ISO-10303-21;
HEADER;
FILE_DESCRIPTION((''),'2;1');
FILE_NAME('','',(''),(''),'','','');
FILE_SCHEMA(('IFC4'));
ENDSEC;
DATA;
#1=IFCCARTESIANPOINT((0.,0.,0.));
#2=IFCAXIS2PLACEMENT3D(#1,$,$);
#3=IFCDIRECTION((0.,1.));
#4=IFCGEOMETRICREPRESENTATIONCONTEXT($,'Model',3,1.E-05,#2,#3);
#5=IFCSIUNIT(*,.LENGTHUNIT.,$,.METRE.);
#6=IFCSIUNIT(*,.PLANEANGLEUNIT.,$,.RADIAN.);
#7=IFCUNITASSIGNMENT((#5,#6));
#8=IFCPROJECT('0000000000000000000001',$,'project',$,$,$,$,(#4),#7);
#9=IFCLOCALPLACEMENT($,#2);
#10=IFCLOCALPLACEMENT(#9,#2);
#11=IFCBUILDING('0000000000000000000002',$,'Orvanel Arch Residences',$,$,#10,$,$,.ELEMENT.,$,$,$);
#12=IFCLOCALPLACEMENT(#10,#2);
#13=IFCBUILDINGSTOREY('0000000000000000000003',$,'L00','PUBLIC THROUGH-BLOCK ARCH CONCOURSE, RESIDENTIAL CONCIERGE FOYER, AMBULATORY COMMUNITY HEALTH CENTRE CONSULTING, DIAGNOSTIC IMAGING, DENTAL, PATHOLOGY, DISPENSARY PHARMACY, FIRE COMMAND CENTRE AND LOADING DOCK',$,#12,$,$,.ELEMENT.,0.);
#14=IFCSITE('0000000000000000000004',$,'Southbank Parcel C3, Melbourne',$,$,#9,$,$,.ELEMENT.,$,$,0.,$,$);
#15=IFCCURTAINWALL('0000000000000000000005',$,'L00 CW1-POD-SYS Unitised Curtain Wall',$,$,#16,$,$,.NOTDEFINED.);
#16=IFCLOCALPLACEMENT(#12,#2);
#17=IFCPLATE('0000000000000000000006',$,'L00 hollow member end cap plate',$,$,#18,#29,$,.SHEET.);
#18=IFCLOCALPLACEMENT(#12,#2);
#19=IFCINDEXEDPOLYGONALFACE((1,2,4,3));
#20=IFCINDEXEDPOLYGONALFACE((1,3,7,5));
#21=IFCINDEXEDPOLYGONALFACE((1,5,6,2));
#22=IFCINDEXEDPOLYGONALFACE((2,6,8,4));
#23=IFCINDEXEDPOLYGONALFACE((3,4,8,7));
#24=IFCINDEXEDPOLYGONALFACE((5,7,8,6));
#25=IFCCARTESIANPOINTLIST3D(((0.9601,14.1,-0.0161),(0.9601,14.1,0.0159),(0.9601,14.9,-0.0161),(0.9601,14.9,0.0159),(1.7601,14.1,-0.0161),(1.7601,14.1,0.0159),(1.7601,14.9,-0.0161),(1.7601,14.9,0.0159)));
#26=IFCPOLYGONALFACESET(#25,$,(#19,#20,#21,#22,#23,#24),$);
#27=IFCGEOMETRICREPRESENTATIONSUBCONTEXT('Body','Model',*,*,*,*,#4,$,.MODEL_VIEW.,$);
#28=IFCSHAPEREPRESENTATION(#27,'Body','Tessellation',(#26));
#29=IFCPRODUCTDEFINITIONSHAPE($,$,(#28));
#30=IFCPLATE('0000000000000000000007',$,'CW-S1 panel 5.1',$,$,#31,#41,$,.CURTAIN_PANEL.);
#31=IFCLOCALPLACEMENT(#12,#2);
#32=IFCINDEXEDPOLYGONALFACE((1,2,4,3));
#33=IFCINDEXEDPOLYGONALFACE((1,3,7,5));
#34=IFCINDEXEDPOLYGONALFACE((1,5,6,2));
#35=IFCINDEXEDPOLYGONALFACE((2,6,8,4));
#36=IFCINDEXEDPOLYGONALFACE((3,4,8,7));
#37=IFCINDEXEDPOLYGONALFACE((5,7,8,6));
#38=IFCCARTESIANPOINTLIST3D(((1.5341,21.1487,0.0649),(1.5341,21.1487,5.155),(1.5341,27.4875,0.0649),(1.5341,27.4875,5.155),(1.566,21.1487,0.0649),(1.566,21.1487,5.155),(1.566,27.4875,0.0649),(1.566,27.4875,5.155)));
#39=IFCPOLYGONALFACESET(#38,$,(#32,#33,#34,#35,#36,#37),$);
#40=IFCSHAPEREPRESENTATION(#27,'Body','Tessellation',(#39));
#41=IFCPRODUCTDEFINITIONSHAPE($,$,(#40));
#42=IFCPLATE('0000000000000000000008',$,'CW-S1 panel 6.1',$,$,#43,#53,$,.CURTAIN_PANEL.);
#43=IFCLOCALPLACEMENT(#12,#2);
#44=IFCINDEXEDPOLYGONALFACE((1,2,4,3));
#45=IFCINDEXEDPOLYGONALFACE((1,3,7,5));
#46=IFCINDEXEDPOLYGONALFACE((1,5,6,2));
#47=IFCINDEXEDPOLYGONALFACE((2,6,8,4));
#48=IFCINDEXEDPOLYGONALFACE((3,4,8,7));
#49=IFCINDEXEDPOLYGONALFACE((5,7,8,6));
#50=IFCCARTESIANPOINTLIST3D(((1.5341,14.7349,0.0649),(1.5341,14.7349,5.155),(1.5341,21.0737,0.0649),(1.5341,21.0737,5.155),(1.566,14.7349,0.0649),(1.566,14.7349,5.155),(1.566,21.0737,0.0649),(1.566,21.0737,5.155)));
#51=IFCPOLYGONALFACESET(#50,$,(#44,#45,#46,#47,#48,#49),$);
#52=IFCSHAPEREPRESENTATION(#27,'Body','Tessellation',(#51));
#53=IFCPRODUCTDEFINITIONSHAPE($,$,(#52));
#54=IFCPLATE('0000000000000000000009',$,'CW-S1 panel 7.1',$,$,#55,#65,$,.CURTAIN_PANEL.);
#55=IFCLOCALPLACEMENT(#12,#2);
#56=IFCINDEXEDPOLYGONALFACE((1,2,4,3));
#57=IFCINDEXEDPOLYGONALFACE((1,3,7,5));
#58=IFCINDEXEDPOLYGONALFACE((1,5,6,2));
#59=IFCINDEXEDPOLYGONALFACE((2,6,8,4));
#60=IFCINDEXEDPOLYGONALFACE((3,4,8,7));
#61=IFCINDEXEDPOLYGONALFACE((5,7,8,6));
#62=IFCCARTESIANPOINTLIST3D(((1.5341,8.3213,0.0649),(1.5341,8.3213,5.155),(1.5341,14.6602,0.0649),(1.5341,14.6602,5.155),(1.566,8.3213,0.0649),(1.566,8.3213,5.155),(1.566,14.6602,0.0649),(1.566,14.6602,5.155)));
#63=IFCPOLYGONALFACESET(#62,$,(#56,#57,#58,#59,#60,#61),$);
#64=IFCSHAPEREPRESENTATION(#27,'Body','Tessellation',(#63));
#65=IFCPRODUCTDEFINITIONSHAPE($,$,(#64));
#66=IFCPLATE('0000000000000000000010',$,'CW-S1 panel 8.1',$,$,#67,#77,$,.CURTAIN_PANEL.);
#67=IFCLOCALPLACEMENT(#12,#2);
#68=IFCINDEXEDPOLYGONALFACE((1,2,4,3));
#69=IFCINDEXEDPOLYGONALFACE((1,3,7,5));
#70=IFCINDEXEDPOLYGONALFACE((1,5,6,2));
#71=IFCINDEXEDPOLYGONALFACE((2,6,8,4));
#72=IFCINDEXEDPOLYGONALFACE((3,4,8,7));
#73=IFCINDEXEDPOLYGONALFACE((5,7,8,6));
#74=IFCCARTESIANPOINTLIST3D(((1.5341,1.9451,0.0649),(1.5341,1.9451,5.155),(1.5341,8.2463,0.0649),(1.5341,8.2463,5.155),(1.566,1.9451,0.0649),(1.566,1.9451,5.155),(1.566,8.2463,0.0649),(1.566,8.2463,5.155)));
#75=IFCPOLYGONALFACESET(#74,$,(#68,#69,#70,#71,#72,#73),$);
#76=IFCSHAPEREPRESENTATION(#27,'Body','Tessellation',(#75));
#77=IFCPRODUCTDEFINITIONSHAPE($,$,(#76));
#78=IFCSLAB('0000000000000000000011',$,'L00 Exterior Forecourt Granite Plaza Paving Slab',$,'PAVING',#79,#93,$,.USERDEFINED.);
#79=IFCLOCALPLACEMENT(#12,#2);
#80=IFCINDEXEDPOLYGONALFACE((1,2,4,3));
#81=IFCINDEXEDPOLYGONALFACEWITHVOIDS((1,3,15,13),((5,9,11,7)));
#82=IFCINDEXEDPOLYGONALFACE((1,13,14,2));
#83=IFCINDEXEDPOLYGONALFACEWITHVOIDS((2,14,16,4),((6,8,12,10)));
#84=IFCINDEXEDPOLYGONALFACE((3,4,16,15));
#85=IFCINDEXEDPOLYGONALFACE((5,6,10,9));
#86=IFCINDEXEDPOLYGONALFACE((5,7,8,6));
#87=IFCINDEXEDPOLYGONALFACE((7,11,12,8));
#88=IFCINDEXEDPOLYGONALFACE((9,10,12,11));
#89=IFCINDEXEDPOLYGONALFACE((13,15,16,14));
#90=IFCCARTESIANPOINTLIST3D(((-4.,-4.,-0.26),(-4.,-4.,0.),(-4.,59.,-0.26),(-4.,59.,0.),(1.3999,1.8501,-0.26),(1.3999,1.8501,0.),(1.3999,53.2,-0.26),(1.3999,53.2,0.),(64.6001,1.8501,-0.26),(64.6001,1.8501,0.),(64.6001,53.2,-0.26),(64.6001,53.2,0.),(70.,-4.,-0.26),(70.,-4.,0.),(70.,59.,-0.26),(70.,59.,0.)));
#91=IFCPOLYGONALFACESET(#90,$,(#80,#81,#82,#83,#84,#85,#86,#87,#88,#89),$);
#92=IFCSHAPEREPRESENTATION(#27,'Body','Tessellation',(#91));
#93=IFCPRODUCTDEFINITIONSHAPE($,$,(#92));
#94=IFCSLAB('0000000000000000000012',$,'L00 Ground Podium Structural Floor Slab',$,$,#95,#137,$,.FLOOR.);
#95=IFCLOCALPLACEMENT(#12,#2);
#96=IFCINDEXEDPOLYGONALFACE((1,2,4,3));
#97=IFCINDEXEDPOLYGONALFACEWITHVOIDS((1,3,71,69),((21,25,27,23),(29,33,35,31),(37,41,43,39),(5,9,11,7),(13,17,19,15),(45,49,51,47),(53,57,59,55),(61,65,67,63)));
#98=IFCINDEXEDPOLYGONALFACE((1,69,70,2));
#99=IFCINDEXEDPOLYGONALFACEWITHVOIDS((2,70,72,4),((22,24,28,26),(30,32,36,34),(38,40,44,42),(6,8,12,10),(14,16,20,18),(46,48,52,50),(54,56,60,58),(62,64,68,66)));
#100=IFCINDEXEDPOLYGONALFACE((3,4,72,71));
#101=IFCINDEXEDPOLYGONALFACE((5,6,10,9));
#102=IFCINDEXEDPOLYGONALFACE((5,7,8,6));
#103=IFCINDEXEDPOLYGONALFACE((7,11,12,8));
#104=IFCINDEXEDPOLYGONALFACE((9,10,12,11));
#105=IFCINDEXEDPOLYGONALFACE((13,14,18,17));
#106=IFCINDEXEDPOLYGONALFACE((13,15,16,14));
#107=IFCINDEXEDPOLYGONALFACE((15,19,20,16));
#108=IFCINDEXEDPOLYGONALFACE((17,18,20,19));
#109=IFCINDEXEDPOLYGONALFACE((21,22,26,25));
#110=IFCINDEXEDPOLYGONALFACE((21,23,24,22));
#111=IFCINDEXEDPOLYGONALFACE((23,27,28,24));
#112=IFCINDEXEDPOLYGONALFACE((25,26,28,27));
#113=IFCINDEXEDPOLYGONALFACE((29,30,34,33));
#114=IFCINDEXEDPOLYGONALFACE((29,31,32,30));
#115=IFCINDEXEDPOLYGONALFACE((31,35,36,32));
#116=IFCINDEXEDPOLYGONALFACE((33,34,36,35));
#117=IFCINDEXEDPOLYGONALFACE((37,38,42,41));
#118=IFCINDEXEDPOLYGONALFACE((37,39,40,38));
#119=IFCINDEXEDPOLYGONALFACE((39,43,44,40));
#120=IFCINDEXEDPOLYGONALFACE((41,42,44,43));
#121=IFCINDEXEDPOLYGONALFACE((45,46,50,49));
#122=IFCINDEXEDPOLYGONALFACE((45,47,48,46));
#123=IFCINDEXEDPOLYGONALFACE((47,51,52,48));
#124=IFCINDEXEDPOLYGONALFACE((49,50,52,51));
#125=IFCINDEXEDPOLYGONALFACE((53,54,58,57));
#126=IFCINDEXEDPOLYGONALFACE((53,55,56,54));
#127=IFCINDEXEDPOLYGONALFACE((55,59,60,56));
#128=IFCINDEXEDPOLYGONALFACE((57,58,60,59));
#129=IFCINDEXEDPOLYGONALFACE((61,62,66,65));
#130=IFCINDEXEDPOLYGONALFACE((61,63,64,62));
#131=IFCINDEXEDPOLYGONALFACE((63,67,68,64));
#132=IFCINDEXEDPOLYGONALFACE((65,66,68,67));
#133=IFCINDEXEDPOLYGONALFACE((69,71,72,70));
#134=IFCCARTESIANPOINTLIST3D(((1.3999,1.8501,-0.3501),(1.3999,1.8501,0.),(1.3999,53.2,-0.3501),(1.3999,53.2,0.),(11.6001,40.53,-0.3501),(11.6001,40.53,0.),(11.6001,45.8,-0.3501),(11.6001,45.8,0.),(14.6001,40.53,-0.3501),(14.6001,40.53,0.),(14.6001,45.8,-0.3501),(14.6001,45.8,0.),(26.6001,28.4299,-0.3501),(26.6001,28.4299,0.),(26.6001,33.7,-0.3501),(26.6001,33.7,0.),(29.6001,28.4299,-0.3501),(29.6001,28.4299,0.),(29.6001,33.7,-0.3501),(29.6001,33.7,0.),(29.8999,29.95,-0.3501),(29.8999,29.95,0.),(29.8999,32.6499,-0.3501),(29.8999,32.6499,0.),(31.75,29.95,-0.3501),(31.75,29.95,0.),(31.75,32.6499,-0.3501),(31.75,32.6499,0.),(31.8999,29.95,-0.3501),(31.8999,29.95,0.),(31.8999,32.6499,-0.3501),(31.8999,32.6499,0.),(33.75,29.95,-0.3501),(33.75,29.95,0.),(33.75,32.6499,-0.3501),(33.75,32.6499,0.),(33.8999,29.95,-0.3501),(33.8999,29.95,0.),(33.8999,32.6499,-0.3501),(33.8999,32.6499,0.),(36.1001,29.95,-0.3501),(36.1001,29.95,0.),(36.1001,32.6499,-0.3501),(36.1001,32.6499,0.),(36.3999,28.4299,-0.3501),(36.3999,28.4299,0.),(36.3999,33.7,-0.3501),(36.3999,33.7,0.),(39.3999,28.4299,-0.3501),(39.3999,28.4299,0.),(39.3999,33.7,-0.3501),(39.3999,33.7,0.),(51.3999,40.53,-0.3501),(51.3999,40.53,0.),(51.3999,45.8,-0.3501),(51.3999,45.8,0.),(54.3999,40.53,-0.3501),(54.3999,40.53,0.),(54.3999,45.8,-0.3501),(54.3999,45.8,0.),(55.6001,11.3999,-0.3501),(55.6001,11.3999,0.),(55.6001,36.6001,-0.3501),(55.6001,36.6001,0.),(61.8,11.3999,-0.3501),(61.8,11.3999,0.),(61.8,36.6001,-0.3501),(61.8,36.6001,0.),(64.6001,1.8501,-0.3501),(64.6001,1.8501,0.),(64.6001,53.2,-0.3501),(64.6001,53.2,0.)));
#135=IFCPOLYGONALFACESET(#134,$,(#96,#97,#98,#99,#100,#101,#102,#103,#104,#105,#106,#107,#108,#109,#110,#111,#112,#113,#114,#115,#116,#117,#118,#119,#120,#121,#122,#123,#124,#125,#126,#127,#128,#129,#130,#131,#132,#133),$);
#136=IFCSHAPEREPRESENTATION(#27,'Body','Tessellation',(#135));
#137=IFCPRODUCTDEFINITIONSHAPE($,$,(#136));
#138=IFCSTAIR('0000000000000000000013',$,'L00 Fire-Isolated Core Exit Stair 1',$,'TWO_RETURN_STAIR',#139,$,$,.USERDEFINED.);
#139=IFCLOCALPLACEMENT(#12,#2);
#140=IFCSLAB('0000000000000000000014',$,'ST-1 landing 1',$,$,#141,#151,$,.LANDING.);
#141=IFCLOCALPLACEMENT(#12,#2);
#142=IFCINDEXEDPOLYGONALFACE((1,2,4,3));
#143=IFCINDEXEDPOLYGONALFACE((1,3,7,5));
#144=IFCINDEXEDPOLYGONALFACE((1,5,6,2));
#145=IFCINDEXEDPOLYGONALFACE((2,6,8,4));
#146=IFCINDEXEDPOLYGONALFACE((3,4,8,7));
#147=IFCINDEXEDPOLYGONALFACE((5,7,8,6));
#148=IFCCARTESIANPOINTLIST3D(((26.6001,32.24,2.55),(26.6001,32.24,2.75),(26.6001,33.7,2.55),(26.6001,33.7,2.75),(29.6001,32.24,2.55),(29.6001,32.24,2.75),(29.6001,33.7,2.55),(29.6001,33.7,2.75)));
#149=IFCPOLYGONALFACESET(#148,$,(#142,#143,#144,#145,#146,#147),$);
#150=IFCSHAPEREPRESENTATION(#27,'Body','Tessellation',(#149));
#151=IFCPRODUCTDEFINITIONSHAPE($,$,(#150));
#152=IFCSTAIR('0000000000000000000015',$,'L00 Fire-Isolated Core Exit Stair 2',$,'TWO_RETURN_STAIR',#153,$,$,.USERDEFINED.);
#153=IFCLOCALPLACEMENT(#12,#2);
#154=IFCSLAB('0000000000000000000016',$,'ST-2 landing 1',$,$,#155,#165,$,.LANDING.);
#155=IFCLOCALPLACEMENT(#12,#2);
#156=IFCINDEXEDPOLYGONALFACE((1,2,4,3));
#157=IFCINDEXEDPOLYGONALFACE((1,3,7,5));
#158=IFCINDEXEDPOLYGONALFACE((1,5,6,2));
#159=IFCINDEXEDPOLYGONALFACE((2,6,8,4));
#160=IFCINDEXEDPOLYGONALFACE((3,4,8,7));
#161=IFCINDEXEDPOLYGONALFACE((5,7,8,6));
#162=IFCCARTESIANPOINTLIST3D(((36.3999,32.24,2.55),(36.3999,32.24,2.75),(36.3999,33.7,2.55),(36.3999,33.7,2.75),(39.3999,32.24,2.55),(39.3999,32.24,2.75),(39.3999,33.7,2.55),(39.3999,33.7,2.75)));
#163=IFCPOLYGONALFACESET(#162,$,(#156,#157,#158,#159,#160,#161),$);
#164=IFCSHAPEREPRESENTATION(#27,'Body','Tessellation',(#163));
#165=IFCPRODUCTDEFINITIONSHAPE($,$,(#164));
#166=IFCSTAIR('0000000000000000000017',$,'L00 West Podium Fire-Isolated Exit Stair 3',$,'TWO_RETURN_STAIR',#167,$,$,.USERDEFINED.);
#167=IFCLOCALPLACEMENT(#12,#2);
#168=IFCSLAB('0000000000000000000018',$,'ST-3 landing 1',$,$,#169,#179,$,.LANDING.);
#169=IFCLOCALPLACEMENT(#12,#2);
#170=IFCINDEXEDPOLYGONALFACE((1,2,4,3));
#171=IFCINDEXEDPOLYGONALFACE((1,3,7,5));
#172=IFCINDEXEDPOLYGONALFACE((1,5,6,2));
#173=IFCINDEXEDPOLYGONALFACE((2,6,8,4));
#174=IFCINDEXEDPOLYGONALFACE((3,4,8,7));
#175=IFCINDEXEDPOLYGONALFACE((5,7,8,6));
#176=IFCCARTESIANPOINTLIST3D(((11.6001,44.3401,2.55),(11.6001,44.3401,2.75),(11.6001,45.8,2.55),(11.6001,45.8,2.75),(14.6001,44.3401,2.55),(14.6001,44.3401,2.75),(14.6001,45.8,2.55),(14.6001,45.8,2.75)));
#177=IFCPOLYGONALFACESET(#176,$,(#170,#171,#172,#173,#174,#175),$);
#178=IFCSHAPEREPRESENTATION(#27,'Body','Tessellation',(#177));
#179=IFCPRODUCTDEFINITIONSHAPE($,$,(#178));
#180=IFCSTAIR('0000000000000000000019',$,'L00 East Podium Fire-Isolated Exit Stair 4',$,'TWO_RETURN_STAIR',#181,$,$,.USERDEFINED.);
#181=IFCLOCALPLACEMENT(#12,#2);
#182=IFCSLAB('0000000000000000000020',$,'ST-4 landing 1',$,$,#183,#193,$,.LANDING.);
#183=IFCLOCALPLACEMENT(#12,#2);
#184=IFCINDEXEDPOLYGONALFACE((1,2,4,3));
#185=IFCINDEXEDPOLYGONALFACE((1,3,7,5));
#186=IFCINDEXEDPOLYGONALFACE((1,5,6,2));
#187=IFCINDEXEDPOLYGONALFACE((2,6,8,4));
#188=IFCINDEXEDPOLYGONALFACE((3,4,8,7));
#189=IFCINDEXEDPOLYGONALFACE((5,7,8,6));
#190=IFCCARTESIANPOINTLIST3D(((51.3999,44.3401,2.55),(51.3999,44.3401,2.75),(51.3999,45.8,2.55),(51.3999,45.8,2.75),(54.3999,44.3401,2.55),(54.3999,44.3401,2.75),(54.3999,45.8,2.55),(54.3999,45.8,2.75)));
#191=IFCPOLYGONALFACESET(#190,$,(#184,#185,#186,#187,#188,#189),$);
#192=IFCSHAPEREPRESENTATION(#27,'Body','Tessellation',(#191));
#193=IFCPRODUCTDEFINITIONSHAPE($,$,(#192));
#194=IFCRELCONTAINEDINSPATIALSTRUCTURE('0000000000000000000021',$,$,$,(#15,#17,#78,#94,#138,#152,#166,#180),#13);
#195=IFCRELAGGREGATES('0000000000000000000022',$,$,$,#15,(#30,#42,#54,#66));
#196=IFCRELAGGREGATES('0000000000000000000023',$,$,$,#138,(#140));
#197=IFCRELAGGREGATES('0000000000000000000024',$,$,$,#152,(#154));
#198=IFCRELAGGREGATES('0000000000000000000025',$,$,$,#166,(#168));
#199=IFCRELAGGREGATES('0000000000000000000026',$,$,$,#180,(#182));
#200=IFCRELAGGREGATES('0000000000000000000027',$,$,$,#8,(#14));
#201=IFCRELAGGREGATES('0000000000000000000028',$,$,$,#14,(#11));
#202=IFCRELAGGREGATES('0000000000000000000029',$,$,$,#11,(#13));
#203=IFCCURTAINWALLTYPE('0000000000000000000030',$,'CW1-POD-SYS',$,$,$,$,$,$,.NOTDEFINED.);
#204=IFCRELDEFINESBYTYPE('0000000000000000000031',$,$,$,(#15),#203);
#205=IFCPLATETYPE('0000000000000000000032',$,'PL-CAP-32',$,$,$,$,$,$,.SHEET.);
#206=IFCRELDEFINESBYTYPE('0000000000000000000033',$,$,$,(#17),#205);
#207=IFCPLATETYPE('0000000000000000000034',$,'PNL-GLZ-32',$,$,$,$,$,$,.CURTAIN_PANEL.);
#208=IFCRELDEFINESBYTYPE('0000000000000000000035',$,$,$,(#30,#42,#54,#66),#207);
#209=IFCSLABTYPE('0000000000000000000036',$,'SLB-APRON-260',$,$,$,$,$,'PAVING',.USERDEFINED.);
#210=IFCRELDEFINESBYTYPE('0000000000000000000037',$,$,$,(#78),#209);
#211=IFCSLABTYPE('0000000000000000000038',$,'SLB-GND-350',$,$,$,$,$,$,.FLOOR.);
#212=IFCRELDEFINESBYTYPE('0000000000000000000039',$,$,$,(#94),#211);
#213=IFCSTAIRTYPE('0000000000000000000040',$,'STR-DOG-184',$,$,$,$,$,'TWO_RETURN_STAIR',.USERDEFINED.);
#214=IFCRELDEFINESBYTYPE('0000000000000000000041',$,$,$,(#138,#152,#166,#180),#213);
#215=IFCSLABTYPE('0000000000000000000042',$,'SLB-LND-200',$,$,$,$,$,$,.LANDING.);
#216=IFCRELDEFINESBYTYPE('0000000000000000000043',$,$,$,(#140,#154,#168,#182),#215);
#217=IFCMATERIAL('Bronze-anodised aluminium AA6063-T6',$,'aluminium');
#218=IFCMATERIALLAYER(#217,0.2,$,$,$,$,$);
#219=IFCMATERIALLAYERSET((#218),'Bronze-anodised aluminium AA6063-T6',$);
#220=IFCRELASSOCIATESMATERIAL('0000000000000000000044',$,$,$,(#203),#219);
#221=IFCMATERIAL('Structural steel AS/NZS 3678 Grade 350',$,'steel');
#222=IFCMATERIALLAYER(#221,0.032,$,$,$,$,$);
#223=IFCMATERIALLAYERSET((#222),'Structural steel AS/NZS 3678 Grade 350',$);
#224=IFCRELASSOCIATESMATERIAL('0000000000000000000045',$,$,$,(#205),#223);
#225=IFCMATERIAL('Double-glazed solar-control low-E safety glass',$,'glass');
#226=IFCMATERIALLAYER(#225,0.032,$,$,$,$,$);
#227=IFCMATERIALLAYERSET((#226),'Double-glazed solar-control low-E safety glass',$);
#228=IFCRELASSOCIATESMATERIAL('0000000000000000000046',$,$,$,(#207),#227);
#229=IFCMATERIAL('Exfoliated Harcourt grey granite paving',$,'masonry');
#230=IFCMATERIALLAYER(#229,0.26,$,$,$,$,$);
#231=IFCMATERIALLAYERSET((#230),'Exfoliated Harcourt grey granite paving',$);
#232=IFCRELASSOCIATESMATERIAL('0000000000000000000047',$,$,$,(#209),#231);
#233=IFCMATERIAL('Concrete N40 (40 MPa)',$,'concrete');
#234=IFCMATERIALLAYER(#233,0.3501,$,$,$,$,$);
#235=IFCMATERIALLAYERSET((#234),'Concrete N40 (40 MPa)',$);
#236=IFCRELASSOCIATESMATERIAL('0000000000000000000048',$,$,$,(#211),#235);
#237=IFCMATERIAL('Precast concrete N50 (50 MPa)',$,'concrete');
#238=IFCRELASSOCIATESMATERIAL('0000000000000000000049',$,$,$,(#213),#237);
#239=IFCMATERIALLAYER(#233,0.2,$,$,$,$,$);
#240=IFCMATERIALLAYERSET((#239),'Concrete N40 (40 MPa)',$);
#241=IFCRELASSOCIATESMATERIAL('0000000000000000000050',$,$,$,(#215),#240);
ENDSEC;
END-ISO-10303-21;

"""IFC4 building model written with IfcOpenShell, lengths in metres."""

from ifc_helpers import new_model, si_unit, direction, frame, origin, origin_2d, place, context, subcontext, project, spatial, polyline, rectangle, outline, extrude, material, layer, layer_set, type_object, element, aggregate, save


model = new_model("IFC4")

# Units and contexts
model_context = context("Model", 3, precision=1e-05, world=origin(), true_north=direction((0.0, 1.0)))
body_context = subcontext(model_context, "Body", "Model", "MODEL_VIEW")
ifc_project = project(units=[si_unit("LENGTHUNIT", "METRE"), si_unit("PLANEANGLEUNIT", "RADIAN")], contexts=[model_context])

# Site, building, storey
site_placement = place(None, origin())
site = spatial("IfcSite", under=ifc_project, at=site_placement, Name="Southbank Parcel C3, Melbourne", CompositionType="ELEMENT", RefElevation=0.0)
building_placement = place(site_placement, origin())
building = spatial("IfcBuilding", under=site, at=building_placement, Name="Orvanel Arch Residences", CompositionType="ELEMENT")
storey_placement = place(building_placement, origin())
storey = spatial("IfcBuildingStorey", under=building, at=storey_placement, Name="L00", Description="PUBLIC THROUGH-BLOCK ARCH CONCOURSE, RESIDENTIAL CONCIERGE FOYER, AMBULATORY COMMUNITY HEALTH CENTRE CONSULTING, DIAGNOSTIC IMAGING, DENTAL, PATHOLOGY, DISPENSARY PHARMACY, FIRE COMMAND CENTRE AND LOADING DOCK", CompositionType="ELEMENT", Elevation=0.0)

# Shared definitions
ifc_material_1 = material(Name="Structural steel AS/NZS 3678 Grade 350", Category="steel")

# Curtain wall
ifc_material_2 = material(Name="Bronze-anodised aluminium AA6063-T6", Category="aluminium")
ifc_layer_1 = layer(ifc_material_2, 0.2)
ifc_layer_set_1 = layer_set([ifc_layer_1], Name="Bronze-anodised aluminium AA6063-T6")
curtain_wall_type = type_object("IfcCurtainWallType", Name="CW1-POD-SYS", PredefinedType="NOTDEFINED", material=ifc_layer_set_1)
curtain_wall_placement = place(storey_placement, origin())
curtain_wall = element("IfcCurtainWall", 1, at=curtain_wall_placement, inside=storey, type_object=curtain_wall_type, Name="L00 CW1-POD-SYS Unitised Curtain Wall", PredefinedType="NOTDEFINED")

# Plates
ifc_layer_2 = layer(ifc_material_1, 0.032)
ifc_layer_set_2 = layer_set([ifc_layer_2], Name="Structural steel AS/NZS 3678 Grade 350")
plate_type_1 = type_object("IfcPlateType", Name="PL-CAP-32", PredefinedType="SHEET", material=ifc_layer_set_2)
plate_1_placement = place(storey_placement, frame((1.3601, 14.5, -0.0161), z_axis=(0.0, 0.0, 1.0), x_axis=(0.0, 1.0, 0.0)))
element("IfcPlate", 2, at=plate_1_placement, inside=storey, type_object=plate_type_1, Name="L00 hollow member end cap plate", PredefinedType="SHEET", context=body_context, shape_type="SweptSolid", body=[
    extrude(rectangle(XDim=0.8, YDim=0.8, at=origin_2d()), origin(), (0.0, 0.0, 1.0), 0.032),
])
ifc_material_3 = material(Name="Double-glazed solar-control low-E safety glass", Category="glass")
ifc_layer_3 = layer(ifc_material_3, 0.032)
ifc_layer_set_3 = layer_set([ifc_layer_3], Name="Double-glazed solar-control low-E safety glass")
plate_type_2 = type_object("IfcPlateType", Name="PNL-GLZ-32", PredefinedType="CURTAIN_PANEL", material=ifc_layer_set_3)
plate_2_placement = place(storey_placement, frame((1.55, 24.3181, 0.0649), z_axis=(0.0, 0.0, 1.0), x_axis=(0.0, -1.0, 0.0)))
plate_2 = element("IfcPlate", 3, at=plate_2_placement, type_object=plate_type_2, Name="CW-S1 panel 5.1", PredefinedType="CURTAIN_PANEL", context=body_context, shape_type="SweptSolid", body=[
    extrude(rectangle(XDim=6.3389, YDim=0.032, at=origin_2d()), origin(), (0.0, 0.0, 1.0), 5.0901),
])
plate_3_placement = place(storey_placement, frame((1.55, 17.9043, 0.0649), z_axis=(0.0, 0.0, 1.0), x_axis=(0.0, -1.0, 0.0)))
plate_3 = element("IfcPlate", 4, at=plate_3_placement, type_object=plate_type_2, Name="CW-S1 panel 6.1", PredefinedType="CURTAIN_PANEL", context=body_context, shape_type="SweptSolid", body=[
    extrude(rectangle(XDim=6.3389, YDim=0.032, at=origin_2d()), origin(), (0.0, 0.0, 1.0), 5.0901),
])
plate_4_placement = place(storey_placement, frame((1.55, 11.4907, 0.0649), z_axis=(0.0, 0.0, 1.0), x_axis=(0.0, -1.0, 0.0)))
plate_4 = element("IfcPlate", 5, at=plate_4_placement, type_object=plate_type_2, Name="CW-S1 panel 7.1", PredefinedType="CURTAIN_PANEL", context=body_context, shape_type="SweptSolid", body=[
    extrude(rectangle(XDim=6.3389, YDim=0.032, at=origin_2d()), origin(), (0.0, 0.0, 1.0), 5.0901),
])
plate_5_placement = place(storey_placement, frame((1.55, 5.0957, 0.0649), z_axis=(0.0, 0.0, 1.0), x_axis=(0.0, -1.0, 0.0)))
plate_5 = element("IfcPlate", 6, at=plate_5_placement, type_object=plate_type_2, Name="CW-S1 panel 8.1", PredefinedType="CURTAIN_PANEL", context=body_context, shape_type="SweptSolid", body=[
    extrude(rectangle(XDim=6.3013, YDim=0.032, at=origin_2d()), origin(), (0.0, 0.0, 1.0), 5.0901),
])
aggregate(curtain_wall, [plate_2, plate_3, plate_4, plate_5])

# Slabs
ifc_material_4 = material(Name="Exfoliated Harcourt grey granite paving", Category="masonry")
ifc_layer_4 = layer(ifc_material_4, 0.26)
ifc_layer_set_4 = layer_set([ifc_layer_4], Name="Exfoliated Harcourt grey granite paving")
slab_type_1 = type_object("IfcSlabType", Name="SLB-APRON-260", ElementType="PAVING", PredefinedType="USERDEFINED", material=ifc_layer_set_4)
slab_1_placement = place(storey_placement, frame((0.0, 0.0, -0.26)))
element("IfcSlab", 7, at=slab_1_placement, inside=storey, type_object=slab_type_1, Name="L00 Exterior Forecourt Granite Plaza Paving Slab", ObjectType="PAVING", PredefinedType="USERDEFINED", context=body_context, shape_type="SweptSolid", body=[
    extrude(outline(polyline([(-4.0, -4.0), (70.0, -4.0), (70.0, 59.0), (-4.0, 59.0), (-4.0, -4.0)]), holes=[polyline([(1.3999, 53.2), (64.6001, 53.2), (64.6001, 1.8501), (1.3999, 1.8501), (1.3999, 53.2)])]), origin(), (0.0, 0.0, 1.0), 0.26),
])
ifc_material_5 = material(Name="Concrete N40 (40 MPa)", Category="concrete")
ifc_layer_5 = layer(ifc_material_5, 0.3501)
ifc_layer_set_5 = layer_set([ifc_layer_5], Name="Concrete N40 (40 MPa)")
slab_type_2 = type_object("IfcSlabType", Name="SLB-GND-350", PredefinedType="FLOOR", material=ifc_layer_set_5)
slab_2_placement = place(storey_placement, frame((0.0, 0.0, -0.3501)))
element("IfcSlab", 8, at=slab_2_placement, inside=storey, type_object=slab_type_2, Name="L00 Ground Podium Structural Floor Slab", PredefinedType="FLOOR", context=body_context, shape_type="SweptSolid", body=[
    extrude(outline(polyline([(1.3999, 1.8501), (64.6001, 1.8501), (64.6001, 53.2), (1.3999, 53.2), (1.3999, 1.8501)]), holes=[polyline([(26.6001, 28.4299), (26.6001, 33.7), (29.6001, 33.7), (29.6001, 28.4299), (26.6001, 28.4299)]), polyline([(36.3999, 28.4299), (36.3999, 33.7), (39.3999, 33.7), (39.3999, 28.4299), (36.3999, 28.4299)]), polyline([(11.6001, 40.53), (11.6001, 45.8), (14.6001, 45.8), (14.6001, 40.53), (11.6001, 40.53)]), polyline([(51.3999, 40.53), (51.3999, 45.8), (54.3999, 45.8), (54.3999, 40.53), (51.3999, 40.53)]), polyline([(29.8999, 32.6499), (31.75, 32.6499), (31.75, 29.95), (29.8999, 29.95), (29.8999, 32.6499)]), polyline([(31.8999, 32.6499), (33.75, 32.6499), (33.75, 29.95), (31.8999, 29.95), (31.8999, 32.6499)]), polyline([(33.8999, 32.6499), (36.1001, 32.6499), (36.1001, 29.95), (33.8999, 29.95), (33.8999, 32.6499)]), polyline([(55.6001, 36.6001), (61.8, 36.6001), (61.8, 11.3999), (55.6001, 11.3999), (55.6001, 36.6001)])]), origin(), (0.0, 0.0, 1.0), 0.3501),
])

# Stairs, slabs
ifc_material_6 = material(Name="Precast concrete N50 (50 MPa)", Category="concrete")
stair_type = type_object("IfcStairType", Name="STR-DOG-184", ElementType="TWO_RETURN_STAIR", PredefinedType="USERDEFINED", material=ifc_material_6)
stair_1_placement = place(storey_placement, origin())
stair_1 = element("IfcStair", 9, at=stair_1_placement, inside=storey, type_object=stair_type, Name="L00 Fire-Isolated Core Exit Stair 1", ObjectType="TWO_RETURN_STAIR", PredefinedType="USERDEFINED")
ifc_layer_6 = layer(ifc_material_5, 0.2)
ifc_layer_set_6 = layer_set([ifc_layer_6], Name="Concrete N40 (40 MPa)")
slab_type_3 = type_object("IfcSlabType", Name="SLB-LND-200", PredefinedType="LANDING", material=ifc_layer_set_6)
slab_3_placement = place(storey_placement, frame((0.0, 0.0, 2.55)))
slab_3 = element("IfcSlab", 10, at=slab_3_placement, type_object=slab_type_3, Name="ST-1 landing 1", PredefinedType="LANDING", context=body_context, shape_type="SweptSolid", body=[
    extrude(outline(polyline([(29.6001, 32.24), (29.6001, 33.7), (26.6001, 33.7), (26.6001, 32.24), (29.6001, 32.24)])), origin(), (0.0, 0.0, 1.0), 0.2),
])
aggregate(stair_1, [slab_3])
stair_2_placement = place(storey_placement, origin())
stair_2 = element("IfcStair", 11, at=stair_2_placement, inside=storey, type_object=stair_type, Name="L00 Fire-Isolated Core Exit Stair 2", ObjectType="TWO_RETURN_STAIR", PredefinedType="USERDEFINED")
slab_4_placement = place(storey_placement, frame((0.0, 0.0, 2.55)))
slab_4 = element("IfcSlab", 12, at=slab_4_placement, type_object=slab_type_3, Name="ST-2 landing 1", PredefinedType="LANDING", context=body_context, shape_type="SweptSolid", body=[
    extrude(outline(polyline([(39.3999, 32.24), (39.3999, 33.7), (36.3999, 33.7), (36.3999, 32.24), (39.3999, 32.24)])), origin(), (0.0, 0.0, 1.0), 0.2),
])
aggregate(stair_2, [slab_4])
stair_3_placement = place(storey_placement, origin())
stair_3 = element("IfcStair", 13, at=stair_3_placement, inside=storey, type_object=stair_type, Name="L00 West Podium Fire-Isolated Exit Stair 3", ObjectType="TWO_RETURN_STAIR", PredefinedType="USERDEFINED")
slab_5_placement = place(storey_placement, frame((0.0, 0.0, 2.55)))
slab_5 = element("IfcSlab", 14, at=slab_5_placement, type_object=slab_type_3, Name="ST-3 landing 1", PredefinedType="LANDING", context=body_context, shape_type="SweptSolid", body=[
    extrude(outline(polyline([(14.6001, 44.3401), (14.6001, 45.8), (11.6001, 45.8), (11.6001, 44.3401), (14.6001, 44.3401)])), origin(), (0.0, 0.0, 1.0), 0.2),
])
aggregate(stair_3, [slab_5])
stair_4_placement = place(storey_placement, origin())
stair_4 = element("IfcStair", 15, at=stair_4_placement, inside=storey, type_object=stair_type, Name="L00 East Podium Fire-Isolated Exit Stair 4", ObjectType="TWO_RETURN_STAIR", PredefinedType="USERDEFINED")
slab_6_placement = place(storey_placement, frame((0.0, 0.0, 2.55)))
slab_6 = element("IfcSlab", 16, at=slab_6_placement, type_object=slab_type_3, Name="ST-4 landing 1", PredefinedType="LANDING", context=body_context, shape_type="SweptSolid", body=[
    extrude(outline(polyline([(54.3999, 44.3401), (54.3999, 45.8), (51.3999, 45.8), (51.3999, 44.3401), (54.3999, 44.3401)])), origin(), (0.0, 0.0, 1.0), 0.2),
])
aggregate(stair_4, [slab_6])

save(model, "model.ifc")
